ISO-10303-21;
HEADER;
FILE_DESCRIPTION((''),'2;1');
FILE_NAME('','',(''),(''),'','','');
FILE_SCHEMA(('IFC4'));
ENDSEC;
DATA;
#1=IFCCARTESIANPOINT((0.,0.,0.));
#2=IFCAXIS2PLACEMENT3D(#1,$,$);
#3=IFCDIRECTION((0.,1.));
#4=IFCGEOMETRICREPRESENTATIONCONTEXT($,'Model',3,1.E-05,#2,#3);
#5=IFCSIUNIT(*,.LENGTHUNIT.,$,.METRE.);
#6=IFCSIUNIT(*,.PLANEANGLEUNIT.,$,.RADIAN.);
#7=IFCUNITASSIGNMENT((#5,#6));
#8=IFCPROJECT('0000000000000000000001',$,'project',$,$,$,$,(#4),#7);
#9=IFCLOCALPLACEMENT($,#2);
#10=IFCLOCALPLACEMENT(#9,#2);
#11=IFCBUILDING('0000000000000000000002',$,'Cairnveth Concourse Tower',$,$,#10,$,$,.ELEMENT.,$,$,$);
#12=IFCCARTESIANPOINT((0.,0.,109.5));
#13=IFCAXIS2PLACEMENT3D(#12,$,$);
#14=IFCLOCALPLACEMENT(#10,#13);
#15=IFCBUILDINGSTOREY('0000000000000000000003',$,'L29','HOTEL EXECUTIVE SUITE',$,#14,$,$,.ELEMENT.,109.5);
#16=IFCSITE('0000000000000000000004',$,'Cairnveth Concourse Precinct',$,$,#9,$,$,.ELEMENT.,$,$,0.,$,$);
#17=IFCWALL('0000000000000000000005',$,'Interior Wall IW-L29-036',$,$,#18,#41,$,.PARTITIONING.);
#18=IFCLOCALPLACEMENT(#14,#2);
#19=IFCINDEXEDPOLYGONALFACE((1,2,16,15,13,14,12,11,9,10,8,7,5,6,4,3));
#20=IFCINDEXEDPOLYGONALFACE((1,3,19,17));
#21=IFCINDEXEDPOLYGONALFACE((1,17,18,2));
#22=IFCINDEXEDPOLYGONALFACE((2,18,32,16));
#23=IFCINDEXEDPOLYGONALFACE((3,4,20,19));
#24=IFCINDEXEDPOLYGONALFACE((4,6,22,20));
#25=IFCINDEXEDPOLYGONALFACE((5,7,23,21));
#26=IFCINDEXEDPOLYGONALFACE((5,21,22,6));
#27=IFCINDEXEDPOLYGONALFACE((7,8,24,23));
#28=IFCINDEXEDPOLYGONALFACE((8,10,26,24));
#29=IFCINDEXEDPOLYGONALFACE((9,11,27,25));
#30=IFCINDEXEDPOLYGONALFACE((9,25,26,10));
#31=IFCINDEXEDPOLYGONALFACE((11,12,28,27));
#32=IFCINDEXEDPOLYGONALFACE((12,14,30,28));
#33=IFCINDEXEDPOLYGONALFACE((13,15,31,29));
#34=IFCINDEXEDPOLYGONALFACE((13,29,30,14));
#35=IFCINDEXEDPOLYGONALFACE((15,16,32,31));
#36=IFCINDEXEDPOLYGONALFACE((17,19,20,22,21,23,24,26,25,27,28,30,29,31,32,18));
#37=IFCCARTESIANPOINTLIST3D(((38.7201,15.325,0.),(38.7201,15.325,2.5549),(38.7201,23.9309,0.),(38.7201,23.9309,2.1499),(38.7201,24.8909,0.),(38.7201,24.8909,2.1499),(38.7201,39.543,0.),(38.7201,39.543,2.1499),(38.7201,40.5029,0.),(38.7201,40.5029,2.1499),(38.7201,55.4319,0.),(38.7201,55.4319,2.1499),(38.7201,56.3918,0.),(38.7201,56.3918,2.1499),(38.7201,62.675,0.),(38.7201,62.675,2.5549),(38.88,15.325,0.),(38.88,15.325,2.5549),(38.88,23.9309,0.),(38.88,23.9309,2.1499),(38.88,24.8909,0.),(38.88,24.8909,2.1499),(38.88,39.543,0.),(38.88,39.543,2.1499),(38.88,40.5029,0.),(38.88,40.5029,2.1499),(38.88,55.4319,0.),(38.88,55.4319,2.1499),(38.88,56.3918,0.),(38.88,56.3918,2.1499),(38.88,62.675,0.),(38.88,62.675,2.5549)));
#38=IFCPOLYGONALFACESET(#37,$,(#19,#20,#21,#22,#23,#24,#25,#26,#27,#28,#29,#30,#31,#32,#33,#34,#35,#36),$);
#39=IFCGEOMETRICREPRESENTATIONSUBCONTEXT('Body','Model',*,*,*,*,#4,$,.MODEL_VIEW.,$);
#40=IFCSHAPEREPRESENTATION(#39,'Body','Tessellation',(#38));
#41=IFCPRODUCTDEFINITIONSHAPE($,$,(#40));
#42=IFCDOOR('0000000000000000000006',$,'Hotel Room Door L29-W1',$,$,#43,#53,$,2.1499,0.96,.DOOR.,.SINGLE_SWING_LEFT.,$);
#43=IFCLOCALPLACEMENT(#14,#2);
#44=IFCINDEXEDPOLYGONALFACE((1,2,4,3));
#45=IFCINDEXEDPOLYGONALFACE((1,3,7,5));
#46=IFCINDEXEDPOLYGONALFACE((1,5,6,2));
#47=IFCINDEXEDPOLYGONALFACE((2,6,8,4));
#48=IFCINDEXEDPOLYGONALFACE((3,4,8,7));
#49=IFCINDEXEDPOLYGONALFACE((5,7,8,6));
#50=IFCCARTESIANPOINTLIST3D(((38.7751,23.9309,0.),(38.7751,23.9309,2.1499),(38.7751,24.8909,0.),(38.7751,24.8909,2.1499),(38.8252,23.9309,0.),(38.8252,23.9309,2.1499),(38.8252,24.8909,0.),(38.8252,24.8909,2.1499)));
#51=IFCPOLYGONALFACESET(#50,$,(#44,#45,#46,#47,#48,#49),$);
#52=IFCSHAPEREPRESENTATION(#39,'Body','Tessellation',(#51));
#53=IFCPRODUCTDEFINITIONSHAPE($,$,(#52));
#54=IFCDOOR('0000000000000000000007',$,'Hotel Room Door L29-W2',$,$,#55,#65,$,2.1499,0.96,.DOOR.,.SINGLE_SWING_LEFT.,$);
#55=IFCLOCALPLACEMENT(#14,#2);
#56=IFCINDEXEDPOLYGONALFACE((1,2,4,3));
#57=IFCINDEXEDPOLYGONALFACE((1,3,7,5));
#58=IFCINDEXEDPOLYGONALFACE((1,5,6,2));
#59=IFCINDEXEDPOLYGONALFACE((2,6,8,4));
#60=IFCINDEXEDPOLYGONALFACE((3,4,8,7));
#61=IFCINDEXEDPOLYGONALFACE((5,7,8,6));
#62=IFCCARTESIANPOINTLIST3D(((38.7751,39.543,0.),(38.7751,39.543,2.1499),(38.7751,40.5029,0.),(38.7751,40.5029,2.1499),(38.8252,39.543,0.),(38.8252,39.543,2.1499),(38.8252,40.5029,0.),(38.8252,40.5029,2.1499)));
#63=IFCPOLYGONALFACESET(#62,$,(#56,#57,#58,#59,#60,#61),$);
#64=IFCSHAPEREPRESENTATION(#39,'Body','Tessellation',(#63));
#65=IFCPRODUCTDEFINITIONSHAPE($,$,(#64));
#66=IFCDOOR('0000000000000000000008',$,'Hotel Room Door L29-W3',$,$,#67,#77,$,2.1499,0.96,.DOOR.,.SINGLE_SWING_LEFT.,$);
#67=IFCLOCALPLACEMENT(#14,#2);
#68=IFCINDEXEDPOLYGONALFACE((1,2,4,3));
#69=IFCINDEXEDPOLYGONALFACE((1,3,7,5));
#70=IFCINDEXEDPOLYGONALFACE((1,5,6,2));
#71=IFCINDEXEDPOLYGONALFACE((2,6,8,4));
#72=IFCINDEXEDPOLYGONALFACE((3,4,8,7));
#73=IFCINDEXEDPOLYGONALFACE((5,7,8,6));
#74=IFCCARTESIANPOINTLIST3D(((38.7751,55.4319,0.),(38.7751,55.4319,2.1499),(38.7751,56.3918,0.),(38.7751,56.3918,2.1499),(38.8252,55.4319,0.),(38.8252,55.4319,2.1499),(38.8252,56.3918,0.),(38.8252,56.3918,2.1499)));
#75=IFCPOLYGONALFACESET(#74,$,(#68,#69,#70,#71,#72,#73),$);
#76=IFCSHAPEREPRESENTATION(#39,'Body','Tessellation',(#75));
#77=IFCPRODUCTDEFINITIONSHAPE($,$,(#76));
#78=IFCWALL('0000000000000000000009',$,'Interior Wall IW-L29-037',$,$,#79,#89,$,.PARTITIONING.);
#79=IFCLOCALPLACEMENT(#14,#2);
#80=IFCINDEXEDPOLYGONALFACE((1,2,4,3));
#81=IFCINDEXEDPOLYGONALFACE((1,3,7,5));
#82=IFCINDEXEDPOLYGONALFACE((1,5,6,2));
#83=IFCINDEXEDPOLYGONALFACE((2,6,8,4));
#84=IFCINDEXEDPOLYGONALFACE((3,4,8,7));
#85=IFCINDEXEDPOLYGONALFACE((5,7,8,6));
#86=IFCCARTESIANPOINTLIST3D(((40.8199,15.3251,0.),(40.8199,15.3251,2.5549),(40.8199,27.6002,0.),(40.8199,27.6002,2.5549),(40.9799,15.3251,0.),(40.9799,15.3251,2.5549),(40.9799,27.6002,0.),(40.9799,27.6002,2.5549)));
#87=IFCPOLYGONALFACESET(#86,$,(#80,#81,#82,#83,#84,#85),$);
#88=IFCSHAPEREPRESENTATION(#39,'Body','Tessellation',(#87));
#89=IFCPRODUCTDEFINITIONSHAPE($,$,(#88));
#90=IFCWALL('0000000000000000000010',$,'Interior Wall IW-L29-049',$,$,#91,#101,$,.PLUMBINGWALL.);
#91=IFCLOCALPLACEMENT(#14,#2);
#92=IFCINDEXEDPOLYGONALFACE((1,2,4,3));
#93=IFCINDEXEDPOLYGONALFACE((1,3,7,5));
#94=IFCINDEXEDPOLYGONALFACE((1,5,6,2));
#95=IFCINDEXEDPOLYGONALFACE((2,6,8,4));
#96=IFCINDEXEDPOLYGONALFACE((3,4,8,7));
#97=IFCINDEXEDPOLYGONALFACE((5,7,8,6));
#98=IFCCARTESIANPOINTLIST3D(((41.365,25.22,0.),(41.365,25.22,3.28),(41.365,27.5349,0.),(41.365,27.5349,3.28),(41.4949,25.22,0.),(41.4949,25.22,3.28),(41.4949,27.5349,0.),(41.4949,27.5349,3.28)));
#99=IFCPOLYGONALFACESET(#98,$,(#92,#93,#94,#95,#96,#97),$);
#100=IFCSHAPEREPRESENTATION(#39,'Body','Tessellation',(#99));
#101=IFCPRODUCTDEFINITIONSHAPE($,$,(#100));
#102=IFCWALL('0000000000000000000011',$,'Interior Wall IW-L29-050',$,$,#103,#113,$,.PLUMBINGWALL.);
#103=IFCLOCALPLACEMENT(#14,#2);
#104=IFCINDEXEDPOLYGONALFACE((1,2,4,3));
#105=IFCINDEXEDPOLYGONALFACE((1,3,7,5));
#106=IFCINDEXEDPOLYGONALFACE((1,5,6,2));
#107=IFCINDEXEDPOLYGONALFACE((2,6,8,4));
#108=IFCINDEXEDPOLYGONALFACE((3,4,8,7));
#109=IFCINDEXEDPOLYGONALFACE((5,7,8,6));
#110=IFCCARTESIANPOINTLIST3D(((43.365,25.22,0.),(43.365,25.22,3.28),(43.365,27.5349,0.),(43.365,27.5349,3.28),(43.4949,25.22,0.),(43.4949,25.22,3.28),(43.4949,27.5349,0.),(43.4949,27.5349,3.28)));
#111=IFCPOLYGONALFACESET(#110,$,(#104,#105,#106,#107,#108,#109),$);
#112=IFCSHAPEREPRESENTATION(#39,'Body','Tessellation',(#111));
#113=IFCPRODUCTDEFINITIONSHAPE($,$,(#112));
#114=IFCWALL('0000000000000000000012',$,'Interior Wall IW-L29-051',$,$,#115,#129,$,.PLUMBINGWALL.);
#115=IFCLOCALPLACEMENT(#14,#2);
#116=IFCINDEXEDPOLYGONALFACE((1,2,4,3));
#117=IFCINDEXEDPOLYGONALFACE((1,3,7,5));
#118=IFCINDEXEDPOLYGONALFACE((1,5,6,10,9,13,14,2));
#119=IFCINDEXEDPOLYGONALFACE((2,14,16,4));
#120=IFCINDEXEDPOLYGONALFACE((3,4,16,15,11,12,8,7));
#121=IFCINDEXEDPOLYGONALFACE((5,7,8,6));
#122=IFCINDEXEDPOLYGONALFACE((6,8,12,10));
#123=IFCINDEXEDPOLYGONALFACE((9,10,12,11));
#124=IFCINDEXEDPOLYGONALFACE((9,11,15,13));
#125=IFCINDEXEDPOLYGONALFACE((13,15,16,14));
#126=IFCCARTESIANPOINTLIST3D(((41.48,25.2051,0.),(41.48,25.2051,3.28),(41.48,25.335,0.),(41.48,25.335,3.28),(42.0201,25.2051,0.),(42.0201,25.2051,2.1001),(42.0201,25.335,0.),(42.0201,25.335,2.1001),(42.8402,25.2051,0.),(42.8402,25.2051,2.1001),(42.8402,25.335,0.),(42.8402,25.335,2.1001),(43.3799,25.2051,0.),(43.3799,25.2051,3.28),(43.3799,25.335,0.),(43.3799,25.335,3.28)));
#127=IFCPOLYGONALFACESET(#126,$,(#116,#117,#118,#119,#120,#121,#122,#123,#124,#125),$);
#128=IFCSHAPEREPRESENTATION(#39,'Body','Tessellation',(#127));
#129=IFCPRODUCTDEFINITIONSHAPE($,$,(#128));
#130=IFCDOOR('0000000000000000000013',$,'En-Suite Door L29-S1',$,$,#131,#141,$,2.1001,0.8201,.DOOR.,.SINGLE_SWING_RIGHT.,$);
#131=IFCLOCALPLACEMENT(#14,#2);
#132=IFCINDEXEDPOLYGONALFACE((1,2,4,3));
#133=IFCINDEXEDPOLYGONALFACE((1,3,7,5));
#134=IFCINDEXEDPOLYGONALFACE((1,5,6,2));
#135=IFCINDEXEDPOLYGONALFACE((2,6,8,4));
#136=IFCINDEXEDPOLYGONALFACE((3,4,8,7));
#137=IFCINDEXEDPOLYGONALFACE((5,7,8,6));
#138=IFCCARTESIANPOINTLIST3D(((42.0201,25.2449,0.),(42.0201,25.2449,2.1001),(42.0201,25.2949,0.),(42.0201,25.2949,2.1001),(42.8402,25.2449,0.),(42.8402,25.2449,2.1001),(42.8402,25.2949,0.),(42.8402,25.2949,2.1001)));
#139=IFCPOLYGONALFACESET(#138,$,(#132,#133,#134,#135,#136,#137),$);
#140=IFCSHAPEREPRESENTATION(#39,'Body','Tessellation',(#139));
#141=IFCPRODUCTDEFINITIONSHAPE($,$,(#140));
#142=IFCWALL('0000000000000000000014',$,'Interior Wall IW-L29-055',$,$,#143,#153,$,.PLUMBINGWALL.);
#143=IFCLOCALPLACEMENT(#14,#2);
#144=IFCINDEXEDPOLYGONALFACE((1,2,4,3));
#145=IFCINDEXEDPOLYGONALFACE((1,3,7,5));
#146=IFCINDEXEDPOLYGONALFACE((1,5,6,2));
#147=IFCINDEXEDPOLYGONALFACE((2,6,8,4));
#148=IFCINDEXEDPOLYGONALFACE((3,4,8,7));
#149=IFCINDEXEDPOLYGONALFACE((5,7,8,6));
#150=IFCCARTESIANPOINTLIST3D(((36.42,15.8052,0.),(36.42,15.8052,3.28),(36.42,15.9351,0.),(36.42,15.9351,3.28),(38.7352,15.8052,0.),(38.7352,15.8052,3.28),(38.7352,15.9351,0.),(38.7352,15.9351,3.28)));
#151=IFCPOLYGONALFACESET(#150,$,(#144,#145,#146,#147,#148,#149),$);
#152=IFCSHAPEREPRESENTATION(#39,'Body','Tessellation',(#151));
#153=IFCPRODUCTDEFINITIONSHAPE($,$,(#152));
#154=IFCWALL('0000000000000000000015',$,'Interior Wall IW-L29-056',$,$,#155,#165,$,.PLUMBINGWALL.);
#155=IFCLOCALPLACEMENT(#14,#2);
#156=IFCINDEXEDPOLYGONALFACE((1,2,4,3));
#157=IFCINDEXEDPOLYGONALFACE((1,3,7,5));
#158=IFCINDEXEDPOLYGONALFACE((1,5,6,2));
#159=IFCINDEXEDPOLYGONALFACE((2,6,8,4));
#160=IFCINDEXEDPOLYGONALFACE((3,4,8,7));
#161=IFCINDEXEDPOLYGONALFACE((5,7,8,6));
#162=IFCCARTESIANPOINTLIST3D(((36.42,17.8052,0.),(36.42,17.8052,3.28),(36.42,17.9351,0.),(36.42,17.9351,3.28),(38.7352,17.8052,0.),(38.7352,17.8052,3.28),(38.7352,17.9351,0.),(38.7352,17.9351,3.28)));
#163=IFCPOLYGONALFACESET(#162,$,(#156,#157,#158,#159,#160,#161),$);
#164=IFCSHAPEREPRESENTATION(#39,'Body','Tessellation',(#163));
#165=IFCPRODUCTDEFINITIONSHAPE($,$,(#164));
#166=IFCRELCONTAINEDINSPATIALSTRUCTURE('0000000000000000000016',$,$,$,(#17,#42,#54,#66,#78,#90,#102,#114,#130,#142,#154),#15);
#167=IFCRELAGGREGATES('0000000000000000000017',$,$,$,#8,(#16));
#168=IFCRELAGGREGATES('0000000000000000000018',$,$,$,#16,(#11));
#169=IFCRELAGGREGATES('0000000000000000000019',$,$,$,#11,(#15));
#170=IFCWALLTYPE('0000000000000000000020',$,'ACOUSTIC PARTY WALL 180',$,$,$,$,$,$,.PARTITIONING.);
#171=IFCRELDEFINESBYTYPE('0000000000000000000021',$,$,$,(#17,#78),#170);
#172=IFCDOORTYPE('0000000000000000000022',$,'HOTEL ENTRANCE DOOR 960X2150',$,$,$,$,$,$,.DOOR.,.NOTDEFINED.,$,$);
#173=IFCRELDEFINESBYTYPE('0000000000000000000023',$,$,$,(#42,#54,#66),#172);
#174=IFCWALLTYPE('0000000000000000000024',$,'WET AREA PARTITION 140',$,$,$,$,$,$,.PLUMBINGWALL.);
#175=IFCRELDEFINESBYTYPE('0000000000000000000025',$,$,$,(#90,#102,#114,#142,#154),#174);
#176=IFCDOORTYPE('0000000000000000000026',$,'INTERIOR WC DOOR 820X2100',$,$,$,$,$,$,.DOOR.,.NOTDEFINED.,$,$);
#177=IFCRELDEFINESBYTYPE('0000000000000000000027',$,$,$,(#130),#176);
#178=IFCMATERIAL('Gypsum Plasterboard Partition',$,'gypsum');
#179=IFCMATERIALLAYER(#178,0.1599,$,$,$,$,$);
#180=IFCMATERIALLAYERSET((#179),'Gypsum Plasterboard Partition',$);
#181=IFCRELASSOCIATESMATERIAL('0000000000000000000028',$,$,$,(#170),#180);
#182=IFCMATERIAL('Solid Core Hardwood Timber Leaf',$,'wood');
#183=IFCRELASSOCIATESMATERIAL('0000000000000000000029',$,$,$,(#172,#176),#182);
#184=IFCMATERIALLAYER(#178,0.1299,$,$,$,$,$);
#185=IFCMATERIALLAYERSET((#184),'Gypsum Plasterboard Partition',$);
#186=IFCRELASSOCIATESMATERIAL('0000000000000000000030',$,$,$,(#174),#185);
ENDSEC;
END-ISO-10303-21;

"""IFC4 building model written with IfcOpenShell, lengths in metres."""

from ifc_helpers import new_model, si_unit, direction, frame, frame_2d, origin, place, context, subcontext, project, spatial, rectangle, extrude, material, layer, layer_set, type_object, element, fill, save


model = new_model("IFC4")

# Units and contexts
model_context = context("Model", 3, precision=1e-05, world=origin(), true_north=direction((0.0, 1.0)))
body_context = subcontext(model_context, "Body", "Model", "MODEL_VIEW")
ifc_project = project(units=[si_unit("LENGTHUNIT", "METRE"), si_unit("PLANEANGLEUNIT", "RADIAN")], contexts=[model_context])

# Site, building, storey
site_placement = place(None, origin())
site = spatial("IfcSite", under=ifc_project, at=site_placement, Name="Cairnveth Concourse Precinct", CompositionType="ELEMENT", RefElevation=0.0)
building_placement = place(site_placement, origin())
building = spatial("IfcBuilding", under=site, at=building_placement, Name="Cairnveth Concourse Tower", CompositionType="ELEMENT")
storey_placement = place(building_placement, frame((0.0, 0.0, 109.5)))
storey = spatial("IfcBuildingStorey", under=building, at=storey_placement, Name="L29", Description="HOTEL EXECUTIVE SUITE", CompositionType="ELEMENT", Elevation=109.5)

# Wall, openings, doors
ifc_material_1 = material(Name="Gypsum Plasterboard Partition", Category="gypsum")
ifc_layer_1 = layer(ifc_material_1, 0.1599)
ifc_layer_set_1 = layer_set([ifc_layer_1], Name="Gypsum Plasterboard Partition")
wall_type_1 = type_object("IfcWallType", Name="ACOUSTIC PARTY WALL 180", PredefinedType="PARTITIONING", material=ifc_layer_set_1)
wall_1_placement = place(storey_placement, frame((38.8, 15.325, 0.0), z_axis=(0.0, 0.0, 1.0), x_axis=(0.0, 1.0, 0.0)))
wall_1 = element("IfcWall", 1, at=wall_1_placement, inside=storey, type_object=wall_type_1, Name="Interior Wall IW-L29-036", PredefinedType="PARTITIONING", context=body_context, shape_type="SweptSolid", body=[
    extrude(rectangle(XDim=47.3501, YDim=0.1599, at=frame_2d((23.675, 0.0))), origin(), (0.0, 0.0, 1.0), 2.5549),
])
opening_1_placement = place(wall_1_placement, frame((8.606, 0.0, 0.0)))
opening_1 = element("IfcOpeningElement", 2, at=opening_1_placement, cuts=wall_1, PredefinedType="OPENING", context=body_context, shape_type="SweptSolid", body=[
    extrude(rectangle(XDim=0.96, YDim=2.1499, at=frame_2d((0.48, 1.075))), frame((0.0, 0.0898, 0.0), z_axis=(0.0, -1.0, 0.0), x_axis=(1.0, 0.0, 0.0)), (0.0, 0.0, 1.0), 0.1799),
])
opening_2_placement = place(wall_1_placement, frame((24.218, 0.0, 0.0)))
opening_2 = element("IfcOpeningElement", 3, at=opening_2_placement, cuts=wall_1, PredefinedType="OPENING", context=body_context, shape_type="SweptSolid", body=[
    extrude(rectangle(XDim=0.96, YDim=2.1499, at=frame_2d((0.48, 1.075))), frame((0.0, 0.0898, 0.0), z_axis=(0.0, -1.0, 0.0), x_axis=(1.0, 0.0, 0.0)), (0.0, 0.0, 1.0), 0.1799),
])
opening_3_placement = place(wall_1_placement, frame((40.1069, 0.0, 0.0)))
opening_3 = element("IfcOpeningElement", 4, at=opening_3_placement, cuts=wall_1, PredefinedType="OPENING", context=body_context, shape_type="SweptSolid", body=[
    extrude(rectangle(XDim=0.96, YDim=2.1499, at=frame_2d((0.48, 1.075))), frame((0.0, 0.0898, 0.0), z_axis=(0.0, -1.0, 0.0), x_axis=(1.0, 0.0, 0.0)), (0.0, 0.0, 1.0), 0.1799),
])
ifc_material_2 = material(Name="Solid Core Hardwood Timber Leaf", Category="wood")
door_type_1 = type_object("IfcDoorType", Name="HOTEL ENTRANCE DOOR 960X2150", OperationType="NOTDEFINED", PredefinedType="DOOR", material=ifc_material_2)
door_1_placement = place(opening_1_placement, origin())
door_1 = element("IfcDoor", 5, at=door_1_placement, inside=storey, type_object=door_type_1, Name="Hotel Room Door L29-W1", OperationType="SINGLE_SWING_LEFT", OverallHeight=2.1499, OverallWidth=0.96, PredefinedType="DOOR", context=body_context, shape_type="SweptSolid", body=[
    extrude(rectangle(XDim=0.96, YDim=2.1499, at=frame_2d((0.48, 1.075))), frame((0.0, 0.0249, 0.0), z_axis=(0.0, -1.0, 0.0), x_axis=(1.0, 0.0, 0.0)), (0.0, 0.0, 1.0), 0.05),
])
fill(opening_1, door_1)
door_2_placement = place(opening_2_placement, origin())
door_2 = element("IfcDoor", 6, at=door_2_placement, inside=storey, type_object=door_type_1, Name="Hotel Room Door L29-W2", OperationType="SINGLE_SWING_LEFT", OverallHeight=2.1499, OverallWidth=0.96, PredefinedType="DOOR", context=body_context, shape_type="SweptSolid", body=[
    extrude(rectangle(XDim=0.96, YDim=2.1499, at=frame_2d((0.48, 1.075))), frame((0.0, 0.0249, 0.0), z_axis=(0.0, -1.0, 0.0), x_axis=(1.0, 0.0, 0.0)), (0.0, 0.0, 1.0), 0.05),
])
fill(opening_2, door_2)
door_3_placement = place(opening_3_placement, origin())
door_3 = element("IfcDoor", 7, at=door_3_placement, inside=storey, type_object=door_type_1, Name="Hotel Room Door L29-W3", OperationType="SINGLE_SWING_LEFT", OverallHeight=2.1499, OverallWidth=0.96, PredefinedType="DOOR", context=body_context, shape_type="SweptSolid", body=[
    extrude(rectangle(XDim=0.96, YDim=2.1499, at=frame_2d((0.48, 1.075))), frame((0.0, 0.0249, 0.0), z_axis=(0.0, -1.0, 0.0), x_axis=(1.0, 0.0, 0.0)), (0.0, 0.0, 1.0), 0.05),
])
fill(opening_3, door_3)

# Walls
wall_2_placement = place(storey_placement, frame((40.8999, 15.325, 0.0), z_axis=(0.0, 0.0, 1.0), x_axis=(0.0, 1.0, 0.0)))
element("IfcWall", 8, at=wall_2_placement, inside=storey, type_object=wall_type_1, Name="Interior Wall IW-L29-037", PredefinedType="PARTITIONING", context=body_context, shape_type="SweptSolid", body=[
    extrude(rectangle(XDim=12.2751, YDim=0.1599, at=frame_2d((6.1377, 0.0))), origin(), (0.0, 0.0, 1.0), 2.5549),
])
ifc_layer_2 = layer(ifc_material_1, 0.1299)
ifc_layer_set_2 = layer_set([ifc_layer_2], Name="Gypsum Plasterboard Partition")
wall_type_2 = type_object("IfcWallType", Name="WET AREA PARTITION 140", PredefinedType="PLUMBINGWALL", material=ifc_layer_set_2)
for number, where, z_axis, x_axis, name in (
    (9, (41.4299, 25.22, 0.0), (0.0, 0.0, 1.0), (0.0, 1.0, 0.0), "Interior Wall IW-L29-049"),
    (10, (43.4299, 25.22, 0.0), (0.0, 0.0, 1.0), (0.0, 1.0, 0.0), "Interior Wall IW-L29-050"),
):
    element("IfcWall", number, at=place(storey_placement, frame(where, z_axis=z_axis, x_axis=x_axis)), inside=storey, type_object=wall_type_2, Name=name, PredefinedType="PLUMBINGWALL", context=body_context, shape_type="SweptSolid", body=[
        extrude(rectangle(XDim=2.3149, YDim=0.1299, at=frame_2d((1.1575, 0.0))), origin(), (0.0, 0.0, 1.0), 3.28),
    ])

# Wall, opening, door
wall_3_placement = place(storey_placement, frame((41.48, 25.27, 0.0), z_axis=(0.0, 0.0, 1.0), x_axis=(1.0, 0.0, 0.0)))
wall_3 = element("IfcWall", 11, at=wall_3_placement, inside=storey, type_object=wall_type_2, Name="Interior Wall IW-L29-051", PredefinedType="PLUMBINGWALL", context=body_context, shape_type="SweptSolid", body=[
    extrude(rectangle(XDim=1.8999, YDim=0.1299, at=frame_2d((0.95, 0.0))), origin(), (0.0, 0.0, 1.0), 3.28),
])
opening_4_placement = place(wall_3_placement, frame((0.54, 0.0, 0.0)))
opening_4 = element("IfcOpeningElement", 12, at=opening_4_placement, cuts=wall_3, PredefinedType="OPENING", context=body_context, shape_type="SweptSolid", body=[
    extrude(rectangle(XDim=0.8201, YDim=2.1001, at=frame_2d((0.4102, 1.05))), frame((0.0, 0.075, 0.0), z_axis=(0.0, -1.0, 0.0), x_axis=(1.0, 0.0, 0.0)), (0.0, 0.0, 1.0), 0.1499),
])
door_type_2 = type_object("IfcDoorType", Name="INTERIOR WC DOOR 820X2100", OperationType="NOTDEFINED", PredefinedType="DOOR", material=ifc_material_2)
door_4_placement = place(opening_4_placement, origin())
door_4 = element("IfcDoor", 13, at=door_4_placement, inside=storey, type_object=door_type_2, Name="En-Suite Door L29-S1", OperationType="SINGLE_SWING_RIGHT", OverallHeight=2.1001, OverallWidth=0.8201, PredefinedType="DOOR", context=body_context, shape_type="SweptSolid", body=[
    extrude(rectangle(XDim=0.8201, YDim=2.1001, at=frame_2d((0.4102, 1.05))), frame((0.0, 0.0249, 0.0), z_axis=(0.0, -1.0, 0.0), x_axis=(1.0, 0.0, 0.0)), (0.0, 0.0, 1.0), 0.05),
])
fill(opening_4, door_4)

# Walls
for number, where, z_axis, x_axis, name in (
    (14, (36.4199, 15.8701, 0.0), (0.0, 0.0, 1.0), (1.0, 0.0, 0.0), "Interior Wall IW-L29-055"),
    (15, (36.4199, 17.8701, 0.0), (0.0, 0.0, 1.0), (1.0, 0.0, 0.0), "Interior Wall IW-L29-056"),
):
    element("IfcWall", number, at=place(storey_placement, frame(where, z_axis=z_axis, x_axis=x_axis)), inside=storey, type_object=wall_type_2, Name=name, PredefinedType="PLUMBINGWALL", context=body_context, shape_type="SweptSolid", body=[
        extrude(rectangle(XDim=2.3152, YDim=0.1299, at=frame_2d((1.1577, 0.0))), origin(), (0.0, 0.0, 1.0), 3.28),
    ])

save(model, "model.ifc")
